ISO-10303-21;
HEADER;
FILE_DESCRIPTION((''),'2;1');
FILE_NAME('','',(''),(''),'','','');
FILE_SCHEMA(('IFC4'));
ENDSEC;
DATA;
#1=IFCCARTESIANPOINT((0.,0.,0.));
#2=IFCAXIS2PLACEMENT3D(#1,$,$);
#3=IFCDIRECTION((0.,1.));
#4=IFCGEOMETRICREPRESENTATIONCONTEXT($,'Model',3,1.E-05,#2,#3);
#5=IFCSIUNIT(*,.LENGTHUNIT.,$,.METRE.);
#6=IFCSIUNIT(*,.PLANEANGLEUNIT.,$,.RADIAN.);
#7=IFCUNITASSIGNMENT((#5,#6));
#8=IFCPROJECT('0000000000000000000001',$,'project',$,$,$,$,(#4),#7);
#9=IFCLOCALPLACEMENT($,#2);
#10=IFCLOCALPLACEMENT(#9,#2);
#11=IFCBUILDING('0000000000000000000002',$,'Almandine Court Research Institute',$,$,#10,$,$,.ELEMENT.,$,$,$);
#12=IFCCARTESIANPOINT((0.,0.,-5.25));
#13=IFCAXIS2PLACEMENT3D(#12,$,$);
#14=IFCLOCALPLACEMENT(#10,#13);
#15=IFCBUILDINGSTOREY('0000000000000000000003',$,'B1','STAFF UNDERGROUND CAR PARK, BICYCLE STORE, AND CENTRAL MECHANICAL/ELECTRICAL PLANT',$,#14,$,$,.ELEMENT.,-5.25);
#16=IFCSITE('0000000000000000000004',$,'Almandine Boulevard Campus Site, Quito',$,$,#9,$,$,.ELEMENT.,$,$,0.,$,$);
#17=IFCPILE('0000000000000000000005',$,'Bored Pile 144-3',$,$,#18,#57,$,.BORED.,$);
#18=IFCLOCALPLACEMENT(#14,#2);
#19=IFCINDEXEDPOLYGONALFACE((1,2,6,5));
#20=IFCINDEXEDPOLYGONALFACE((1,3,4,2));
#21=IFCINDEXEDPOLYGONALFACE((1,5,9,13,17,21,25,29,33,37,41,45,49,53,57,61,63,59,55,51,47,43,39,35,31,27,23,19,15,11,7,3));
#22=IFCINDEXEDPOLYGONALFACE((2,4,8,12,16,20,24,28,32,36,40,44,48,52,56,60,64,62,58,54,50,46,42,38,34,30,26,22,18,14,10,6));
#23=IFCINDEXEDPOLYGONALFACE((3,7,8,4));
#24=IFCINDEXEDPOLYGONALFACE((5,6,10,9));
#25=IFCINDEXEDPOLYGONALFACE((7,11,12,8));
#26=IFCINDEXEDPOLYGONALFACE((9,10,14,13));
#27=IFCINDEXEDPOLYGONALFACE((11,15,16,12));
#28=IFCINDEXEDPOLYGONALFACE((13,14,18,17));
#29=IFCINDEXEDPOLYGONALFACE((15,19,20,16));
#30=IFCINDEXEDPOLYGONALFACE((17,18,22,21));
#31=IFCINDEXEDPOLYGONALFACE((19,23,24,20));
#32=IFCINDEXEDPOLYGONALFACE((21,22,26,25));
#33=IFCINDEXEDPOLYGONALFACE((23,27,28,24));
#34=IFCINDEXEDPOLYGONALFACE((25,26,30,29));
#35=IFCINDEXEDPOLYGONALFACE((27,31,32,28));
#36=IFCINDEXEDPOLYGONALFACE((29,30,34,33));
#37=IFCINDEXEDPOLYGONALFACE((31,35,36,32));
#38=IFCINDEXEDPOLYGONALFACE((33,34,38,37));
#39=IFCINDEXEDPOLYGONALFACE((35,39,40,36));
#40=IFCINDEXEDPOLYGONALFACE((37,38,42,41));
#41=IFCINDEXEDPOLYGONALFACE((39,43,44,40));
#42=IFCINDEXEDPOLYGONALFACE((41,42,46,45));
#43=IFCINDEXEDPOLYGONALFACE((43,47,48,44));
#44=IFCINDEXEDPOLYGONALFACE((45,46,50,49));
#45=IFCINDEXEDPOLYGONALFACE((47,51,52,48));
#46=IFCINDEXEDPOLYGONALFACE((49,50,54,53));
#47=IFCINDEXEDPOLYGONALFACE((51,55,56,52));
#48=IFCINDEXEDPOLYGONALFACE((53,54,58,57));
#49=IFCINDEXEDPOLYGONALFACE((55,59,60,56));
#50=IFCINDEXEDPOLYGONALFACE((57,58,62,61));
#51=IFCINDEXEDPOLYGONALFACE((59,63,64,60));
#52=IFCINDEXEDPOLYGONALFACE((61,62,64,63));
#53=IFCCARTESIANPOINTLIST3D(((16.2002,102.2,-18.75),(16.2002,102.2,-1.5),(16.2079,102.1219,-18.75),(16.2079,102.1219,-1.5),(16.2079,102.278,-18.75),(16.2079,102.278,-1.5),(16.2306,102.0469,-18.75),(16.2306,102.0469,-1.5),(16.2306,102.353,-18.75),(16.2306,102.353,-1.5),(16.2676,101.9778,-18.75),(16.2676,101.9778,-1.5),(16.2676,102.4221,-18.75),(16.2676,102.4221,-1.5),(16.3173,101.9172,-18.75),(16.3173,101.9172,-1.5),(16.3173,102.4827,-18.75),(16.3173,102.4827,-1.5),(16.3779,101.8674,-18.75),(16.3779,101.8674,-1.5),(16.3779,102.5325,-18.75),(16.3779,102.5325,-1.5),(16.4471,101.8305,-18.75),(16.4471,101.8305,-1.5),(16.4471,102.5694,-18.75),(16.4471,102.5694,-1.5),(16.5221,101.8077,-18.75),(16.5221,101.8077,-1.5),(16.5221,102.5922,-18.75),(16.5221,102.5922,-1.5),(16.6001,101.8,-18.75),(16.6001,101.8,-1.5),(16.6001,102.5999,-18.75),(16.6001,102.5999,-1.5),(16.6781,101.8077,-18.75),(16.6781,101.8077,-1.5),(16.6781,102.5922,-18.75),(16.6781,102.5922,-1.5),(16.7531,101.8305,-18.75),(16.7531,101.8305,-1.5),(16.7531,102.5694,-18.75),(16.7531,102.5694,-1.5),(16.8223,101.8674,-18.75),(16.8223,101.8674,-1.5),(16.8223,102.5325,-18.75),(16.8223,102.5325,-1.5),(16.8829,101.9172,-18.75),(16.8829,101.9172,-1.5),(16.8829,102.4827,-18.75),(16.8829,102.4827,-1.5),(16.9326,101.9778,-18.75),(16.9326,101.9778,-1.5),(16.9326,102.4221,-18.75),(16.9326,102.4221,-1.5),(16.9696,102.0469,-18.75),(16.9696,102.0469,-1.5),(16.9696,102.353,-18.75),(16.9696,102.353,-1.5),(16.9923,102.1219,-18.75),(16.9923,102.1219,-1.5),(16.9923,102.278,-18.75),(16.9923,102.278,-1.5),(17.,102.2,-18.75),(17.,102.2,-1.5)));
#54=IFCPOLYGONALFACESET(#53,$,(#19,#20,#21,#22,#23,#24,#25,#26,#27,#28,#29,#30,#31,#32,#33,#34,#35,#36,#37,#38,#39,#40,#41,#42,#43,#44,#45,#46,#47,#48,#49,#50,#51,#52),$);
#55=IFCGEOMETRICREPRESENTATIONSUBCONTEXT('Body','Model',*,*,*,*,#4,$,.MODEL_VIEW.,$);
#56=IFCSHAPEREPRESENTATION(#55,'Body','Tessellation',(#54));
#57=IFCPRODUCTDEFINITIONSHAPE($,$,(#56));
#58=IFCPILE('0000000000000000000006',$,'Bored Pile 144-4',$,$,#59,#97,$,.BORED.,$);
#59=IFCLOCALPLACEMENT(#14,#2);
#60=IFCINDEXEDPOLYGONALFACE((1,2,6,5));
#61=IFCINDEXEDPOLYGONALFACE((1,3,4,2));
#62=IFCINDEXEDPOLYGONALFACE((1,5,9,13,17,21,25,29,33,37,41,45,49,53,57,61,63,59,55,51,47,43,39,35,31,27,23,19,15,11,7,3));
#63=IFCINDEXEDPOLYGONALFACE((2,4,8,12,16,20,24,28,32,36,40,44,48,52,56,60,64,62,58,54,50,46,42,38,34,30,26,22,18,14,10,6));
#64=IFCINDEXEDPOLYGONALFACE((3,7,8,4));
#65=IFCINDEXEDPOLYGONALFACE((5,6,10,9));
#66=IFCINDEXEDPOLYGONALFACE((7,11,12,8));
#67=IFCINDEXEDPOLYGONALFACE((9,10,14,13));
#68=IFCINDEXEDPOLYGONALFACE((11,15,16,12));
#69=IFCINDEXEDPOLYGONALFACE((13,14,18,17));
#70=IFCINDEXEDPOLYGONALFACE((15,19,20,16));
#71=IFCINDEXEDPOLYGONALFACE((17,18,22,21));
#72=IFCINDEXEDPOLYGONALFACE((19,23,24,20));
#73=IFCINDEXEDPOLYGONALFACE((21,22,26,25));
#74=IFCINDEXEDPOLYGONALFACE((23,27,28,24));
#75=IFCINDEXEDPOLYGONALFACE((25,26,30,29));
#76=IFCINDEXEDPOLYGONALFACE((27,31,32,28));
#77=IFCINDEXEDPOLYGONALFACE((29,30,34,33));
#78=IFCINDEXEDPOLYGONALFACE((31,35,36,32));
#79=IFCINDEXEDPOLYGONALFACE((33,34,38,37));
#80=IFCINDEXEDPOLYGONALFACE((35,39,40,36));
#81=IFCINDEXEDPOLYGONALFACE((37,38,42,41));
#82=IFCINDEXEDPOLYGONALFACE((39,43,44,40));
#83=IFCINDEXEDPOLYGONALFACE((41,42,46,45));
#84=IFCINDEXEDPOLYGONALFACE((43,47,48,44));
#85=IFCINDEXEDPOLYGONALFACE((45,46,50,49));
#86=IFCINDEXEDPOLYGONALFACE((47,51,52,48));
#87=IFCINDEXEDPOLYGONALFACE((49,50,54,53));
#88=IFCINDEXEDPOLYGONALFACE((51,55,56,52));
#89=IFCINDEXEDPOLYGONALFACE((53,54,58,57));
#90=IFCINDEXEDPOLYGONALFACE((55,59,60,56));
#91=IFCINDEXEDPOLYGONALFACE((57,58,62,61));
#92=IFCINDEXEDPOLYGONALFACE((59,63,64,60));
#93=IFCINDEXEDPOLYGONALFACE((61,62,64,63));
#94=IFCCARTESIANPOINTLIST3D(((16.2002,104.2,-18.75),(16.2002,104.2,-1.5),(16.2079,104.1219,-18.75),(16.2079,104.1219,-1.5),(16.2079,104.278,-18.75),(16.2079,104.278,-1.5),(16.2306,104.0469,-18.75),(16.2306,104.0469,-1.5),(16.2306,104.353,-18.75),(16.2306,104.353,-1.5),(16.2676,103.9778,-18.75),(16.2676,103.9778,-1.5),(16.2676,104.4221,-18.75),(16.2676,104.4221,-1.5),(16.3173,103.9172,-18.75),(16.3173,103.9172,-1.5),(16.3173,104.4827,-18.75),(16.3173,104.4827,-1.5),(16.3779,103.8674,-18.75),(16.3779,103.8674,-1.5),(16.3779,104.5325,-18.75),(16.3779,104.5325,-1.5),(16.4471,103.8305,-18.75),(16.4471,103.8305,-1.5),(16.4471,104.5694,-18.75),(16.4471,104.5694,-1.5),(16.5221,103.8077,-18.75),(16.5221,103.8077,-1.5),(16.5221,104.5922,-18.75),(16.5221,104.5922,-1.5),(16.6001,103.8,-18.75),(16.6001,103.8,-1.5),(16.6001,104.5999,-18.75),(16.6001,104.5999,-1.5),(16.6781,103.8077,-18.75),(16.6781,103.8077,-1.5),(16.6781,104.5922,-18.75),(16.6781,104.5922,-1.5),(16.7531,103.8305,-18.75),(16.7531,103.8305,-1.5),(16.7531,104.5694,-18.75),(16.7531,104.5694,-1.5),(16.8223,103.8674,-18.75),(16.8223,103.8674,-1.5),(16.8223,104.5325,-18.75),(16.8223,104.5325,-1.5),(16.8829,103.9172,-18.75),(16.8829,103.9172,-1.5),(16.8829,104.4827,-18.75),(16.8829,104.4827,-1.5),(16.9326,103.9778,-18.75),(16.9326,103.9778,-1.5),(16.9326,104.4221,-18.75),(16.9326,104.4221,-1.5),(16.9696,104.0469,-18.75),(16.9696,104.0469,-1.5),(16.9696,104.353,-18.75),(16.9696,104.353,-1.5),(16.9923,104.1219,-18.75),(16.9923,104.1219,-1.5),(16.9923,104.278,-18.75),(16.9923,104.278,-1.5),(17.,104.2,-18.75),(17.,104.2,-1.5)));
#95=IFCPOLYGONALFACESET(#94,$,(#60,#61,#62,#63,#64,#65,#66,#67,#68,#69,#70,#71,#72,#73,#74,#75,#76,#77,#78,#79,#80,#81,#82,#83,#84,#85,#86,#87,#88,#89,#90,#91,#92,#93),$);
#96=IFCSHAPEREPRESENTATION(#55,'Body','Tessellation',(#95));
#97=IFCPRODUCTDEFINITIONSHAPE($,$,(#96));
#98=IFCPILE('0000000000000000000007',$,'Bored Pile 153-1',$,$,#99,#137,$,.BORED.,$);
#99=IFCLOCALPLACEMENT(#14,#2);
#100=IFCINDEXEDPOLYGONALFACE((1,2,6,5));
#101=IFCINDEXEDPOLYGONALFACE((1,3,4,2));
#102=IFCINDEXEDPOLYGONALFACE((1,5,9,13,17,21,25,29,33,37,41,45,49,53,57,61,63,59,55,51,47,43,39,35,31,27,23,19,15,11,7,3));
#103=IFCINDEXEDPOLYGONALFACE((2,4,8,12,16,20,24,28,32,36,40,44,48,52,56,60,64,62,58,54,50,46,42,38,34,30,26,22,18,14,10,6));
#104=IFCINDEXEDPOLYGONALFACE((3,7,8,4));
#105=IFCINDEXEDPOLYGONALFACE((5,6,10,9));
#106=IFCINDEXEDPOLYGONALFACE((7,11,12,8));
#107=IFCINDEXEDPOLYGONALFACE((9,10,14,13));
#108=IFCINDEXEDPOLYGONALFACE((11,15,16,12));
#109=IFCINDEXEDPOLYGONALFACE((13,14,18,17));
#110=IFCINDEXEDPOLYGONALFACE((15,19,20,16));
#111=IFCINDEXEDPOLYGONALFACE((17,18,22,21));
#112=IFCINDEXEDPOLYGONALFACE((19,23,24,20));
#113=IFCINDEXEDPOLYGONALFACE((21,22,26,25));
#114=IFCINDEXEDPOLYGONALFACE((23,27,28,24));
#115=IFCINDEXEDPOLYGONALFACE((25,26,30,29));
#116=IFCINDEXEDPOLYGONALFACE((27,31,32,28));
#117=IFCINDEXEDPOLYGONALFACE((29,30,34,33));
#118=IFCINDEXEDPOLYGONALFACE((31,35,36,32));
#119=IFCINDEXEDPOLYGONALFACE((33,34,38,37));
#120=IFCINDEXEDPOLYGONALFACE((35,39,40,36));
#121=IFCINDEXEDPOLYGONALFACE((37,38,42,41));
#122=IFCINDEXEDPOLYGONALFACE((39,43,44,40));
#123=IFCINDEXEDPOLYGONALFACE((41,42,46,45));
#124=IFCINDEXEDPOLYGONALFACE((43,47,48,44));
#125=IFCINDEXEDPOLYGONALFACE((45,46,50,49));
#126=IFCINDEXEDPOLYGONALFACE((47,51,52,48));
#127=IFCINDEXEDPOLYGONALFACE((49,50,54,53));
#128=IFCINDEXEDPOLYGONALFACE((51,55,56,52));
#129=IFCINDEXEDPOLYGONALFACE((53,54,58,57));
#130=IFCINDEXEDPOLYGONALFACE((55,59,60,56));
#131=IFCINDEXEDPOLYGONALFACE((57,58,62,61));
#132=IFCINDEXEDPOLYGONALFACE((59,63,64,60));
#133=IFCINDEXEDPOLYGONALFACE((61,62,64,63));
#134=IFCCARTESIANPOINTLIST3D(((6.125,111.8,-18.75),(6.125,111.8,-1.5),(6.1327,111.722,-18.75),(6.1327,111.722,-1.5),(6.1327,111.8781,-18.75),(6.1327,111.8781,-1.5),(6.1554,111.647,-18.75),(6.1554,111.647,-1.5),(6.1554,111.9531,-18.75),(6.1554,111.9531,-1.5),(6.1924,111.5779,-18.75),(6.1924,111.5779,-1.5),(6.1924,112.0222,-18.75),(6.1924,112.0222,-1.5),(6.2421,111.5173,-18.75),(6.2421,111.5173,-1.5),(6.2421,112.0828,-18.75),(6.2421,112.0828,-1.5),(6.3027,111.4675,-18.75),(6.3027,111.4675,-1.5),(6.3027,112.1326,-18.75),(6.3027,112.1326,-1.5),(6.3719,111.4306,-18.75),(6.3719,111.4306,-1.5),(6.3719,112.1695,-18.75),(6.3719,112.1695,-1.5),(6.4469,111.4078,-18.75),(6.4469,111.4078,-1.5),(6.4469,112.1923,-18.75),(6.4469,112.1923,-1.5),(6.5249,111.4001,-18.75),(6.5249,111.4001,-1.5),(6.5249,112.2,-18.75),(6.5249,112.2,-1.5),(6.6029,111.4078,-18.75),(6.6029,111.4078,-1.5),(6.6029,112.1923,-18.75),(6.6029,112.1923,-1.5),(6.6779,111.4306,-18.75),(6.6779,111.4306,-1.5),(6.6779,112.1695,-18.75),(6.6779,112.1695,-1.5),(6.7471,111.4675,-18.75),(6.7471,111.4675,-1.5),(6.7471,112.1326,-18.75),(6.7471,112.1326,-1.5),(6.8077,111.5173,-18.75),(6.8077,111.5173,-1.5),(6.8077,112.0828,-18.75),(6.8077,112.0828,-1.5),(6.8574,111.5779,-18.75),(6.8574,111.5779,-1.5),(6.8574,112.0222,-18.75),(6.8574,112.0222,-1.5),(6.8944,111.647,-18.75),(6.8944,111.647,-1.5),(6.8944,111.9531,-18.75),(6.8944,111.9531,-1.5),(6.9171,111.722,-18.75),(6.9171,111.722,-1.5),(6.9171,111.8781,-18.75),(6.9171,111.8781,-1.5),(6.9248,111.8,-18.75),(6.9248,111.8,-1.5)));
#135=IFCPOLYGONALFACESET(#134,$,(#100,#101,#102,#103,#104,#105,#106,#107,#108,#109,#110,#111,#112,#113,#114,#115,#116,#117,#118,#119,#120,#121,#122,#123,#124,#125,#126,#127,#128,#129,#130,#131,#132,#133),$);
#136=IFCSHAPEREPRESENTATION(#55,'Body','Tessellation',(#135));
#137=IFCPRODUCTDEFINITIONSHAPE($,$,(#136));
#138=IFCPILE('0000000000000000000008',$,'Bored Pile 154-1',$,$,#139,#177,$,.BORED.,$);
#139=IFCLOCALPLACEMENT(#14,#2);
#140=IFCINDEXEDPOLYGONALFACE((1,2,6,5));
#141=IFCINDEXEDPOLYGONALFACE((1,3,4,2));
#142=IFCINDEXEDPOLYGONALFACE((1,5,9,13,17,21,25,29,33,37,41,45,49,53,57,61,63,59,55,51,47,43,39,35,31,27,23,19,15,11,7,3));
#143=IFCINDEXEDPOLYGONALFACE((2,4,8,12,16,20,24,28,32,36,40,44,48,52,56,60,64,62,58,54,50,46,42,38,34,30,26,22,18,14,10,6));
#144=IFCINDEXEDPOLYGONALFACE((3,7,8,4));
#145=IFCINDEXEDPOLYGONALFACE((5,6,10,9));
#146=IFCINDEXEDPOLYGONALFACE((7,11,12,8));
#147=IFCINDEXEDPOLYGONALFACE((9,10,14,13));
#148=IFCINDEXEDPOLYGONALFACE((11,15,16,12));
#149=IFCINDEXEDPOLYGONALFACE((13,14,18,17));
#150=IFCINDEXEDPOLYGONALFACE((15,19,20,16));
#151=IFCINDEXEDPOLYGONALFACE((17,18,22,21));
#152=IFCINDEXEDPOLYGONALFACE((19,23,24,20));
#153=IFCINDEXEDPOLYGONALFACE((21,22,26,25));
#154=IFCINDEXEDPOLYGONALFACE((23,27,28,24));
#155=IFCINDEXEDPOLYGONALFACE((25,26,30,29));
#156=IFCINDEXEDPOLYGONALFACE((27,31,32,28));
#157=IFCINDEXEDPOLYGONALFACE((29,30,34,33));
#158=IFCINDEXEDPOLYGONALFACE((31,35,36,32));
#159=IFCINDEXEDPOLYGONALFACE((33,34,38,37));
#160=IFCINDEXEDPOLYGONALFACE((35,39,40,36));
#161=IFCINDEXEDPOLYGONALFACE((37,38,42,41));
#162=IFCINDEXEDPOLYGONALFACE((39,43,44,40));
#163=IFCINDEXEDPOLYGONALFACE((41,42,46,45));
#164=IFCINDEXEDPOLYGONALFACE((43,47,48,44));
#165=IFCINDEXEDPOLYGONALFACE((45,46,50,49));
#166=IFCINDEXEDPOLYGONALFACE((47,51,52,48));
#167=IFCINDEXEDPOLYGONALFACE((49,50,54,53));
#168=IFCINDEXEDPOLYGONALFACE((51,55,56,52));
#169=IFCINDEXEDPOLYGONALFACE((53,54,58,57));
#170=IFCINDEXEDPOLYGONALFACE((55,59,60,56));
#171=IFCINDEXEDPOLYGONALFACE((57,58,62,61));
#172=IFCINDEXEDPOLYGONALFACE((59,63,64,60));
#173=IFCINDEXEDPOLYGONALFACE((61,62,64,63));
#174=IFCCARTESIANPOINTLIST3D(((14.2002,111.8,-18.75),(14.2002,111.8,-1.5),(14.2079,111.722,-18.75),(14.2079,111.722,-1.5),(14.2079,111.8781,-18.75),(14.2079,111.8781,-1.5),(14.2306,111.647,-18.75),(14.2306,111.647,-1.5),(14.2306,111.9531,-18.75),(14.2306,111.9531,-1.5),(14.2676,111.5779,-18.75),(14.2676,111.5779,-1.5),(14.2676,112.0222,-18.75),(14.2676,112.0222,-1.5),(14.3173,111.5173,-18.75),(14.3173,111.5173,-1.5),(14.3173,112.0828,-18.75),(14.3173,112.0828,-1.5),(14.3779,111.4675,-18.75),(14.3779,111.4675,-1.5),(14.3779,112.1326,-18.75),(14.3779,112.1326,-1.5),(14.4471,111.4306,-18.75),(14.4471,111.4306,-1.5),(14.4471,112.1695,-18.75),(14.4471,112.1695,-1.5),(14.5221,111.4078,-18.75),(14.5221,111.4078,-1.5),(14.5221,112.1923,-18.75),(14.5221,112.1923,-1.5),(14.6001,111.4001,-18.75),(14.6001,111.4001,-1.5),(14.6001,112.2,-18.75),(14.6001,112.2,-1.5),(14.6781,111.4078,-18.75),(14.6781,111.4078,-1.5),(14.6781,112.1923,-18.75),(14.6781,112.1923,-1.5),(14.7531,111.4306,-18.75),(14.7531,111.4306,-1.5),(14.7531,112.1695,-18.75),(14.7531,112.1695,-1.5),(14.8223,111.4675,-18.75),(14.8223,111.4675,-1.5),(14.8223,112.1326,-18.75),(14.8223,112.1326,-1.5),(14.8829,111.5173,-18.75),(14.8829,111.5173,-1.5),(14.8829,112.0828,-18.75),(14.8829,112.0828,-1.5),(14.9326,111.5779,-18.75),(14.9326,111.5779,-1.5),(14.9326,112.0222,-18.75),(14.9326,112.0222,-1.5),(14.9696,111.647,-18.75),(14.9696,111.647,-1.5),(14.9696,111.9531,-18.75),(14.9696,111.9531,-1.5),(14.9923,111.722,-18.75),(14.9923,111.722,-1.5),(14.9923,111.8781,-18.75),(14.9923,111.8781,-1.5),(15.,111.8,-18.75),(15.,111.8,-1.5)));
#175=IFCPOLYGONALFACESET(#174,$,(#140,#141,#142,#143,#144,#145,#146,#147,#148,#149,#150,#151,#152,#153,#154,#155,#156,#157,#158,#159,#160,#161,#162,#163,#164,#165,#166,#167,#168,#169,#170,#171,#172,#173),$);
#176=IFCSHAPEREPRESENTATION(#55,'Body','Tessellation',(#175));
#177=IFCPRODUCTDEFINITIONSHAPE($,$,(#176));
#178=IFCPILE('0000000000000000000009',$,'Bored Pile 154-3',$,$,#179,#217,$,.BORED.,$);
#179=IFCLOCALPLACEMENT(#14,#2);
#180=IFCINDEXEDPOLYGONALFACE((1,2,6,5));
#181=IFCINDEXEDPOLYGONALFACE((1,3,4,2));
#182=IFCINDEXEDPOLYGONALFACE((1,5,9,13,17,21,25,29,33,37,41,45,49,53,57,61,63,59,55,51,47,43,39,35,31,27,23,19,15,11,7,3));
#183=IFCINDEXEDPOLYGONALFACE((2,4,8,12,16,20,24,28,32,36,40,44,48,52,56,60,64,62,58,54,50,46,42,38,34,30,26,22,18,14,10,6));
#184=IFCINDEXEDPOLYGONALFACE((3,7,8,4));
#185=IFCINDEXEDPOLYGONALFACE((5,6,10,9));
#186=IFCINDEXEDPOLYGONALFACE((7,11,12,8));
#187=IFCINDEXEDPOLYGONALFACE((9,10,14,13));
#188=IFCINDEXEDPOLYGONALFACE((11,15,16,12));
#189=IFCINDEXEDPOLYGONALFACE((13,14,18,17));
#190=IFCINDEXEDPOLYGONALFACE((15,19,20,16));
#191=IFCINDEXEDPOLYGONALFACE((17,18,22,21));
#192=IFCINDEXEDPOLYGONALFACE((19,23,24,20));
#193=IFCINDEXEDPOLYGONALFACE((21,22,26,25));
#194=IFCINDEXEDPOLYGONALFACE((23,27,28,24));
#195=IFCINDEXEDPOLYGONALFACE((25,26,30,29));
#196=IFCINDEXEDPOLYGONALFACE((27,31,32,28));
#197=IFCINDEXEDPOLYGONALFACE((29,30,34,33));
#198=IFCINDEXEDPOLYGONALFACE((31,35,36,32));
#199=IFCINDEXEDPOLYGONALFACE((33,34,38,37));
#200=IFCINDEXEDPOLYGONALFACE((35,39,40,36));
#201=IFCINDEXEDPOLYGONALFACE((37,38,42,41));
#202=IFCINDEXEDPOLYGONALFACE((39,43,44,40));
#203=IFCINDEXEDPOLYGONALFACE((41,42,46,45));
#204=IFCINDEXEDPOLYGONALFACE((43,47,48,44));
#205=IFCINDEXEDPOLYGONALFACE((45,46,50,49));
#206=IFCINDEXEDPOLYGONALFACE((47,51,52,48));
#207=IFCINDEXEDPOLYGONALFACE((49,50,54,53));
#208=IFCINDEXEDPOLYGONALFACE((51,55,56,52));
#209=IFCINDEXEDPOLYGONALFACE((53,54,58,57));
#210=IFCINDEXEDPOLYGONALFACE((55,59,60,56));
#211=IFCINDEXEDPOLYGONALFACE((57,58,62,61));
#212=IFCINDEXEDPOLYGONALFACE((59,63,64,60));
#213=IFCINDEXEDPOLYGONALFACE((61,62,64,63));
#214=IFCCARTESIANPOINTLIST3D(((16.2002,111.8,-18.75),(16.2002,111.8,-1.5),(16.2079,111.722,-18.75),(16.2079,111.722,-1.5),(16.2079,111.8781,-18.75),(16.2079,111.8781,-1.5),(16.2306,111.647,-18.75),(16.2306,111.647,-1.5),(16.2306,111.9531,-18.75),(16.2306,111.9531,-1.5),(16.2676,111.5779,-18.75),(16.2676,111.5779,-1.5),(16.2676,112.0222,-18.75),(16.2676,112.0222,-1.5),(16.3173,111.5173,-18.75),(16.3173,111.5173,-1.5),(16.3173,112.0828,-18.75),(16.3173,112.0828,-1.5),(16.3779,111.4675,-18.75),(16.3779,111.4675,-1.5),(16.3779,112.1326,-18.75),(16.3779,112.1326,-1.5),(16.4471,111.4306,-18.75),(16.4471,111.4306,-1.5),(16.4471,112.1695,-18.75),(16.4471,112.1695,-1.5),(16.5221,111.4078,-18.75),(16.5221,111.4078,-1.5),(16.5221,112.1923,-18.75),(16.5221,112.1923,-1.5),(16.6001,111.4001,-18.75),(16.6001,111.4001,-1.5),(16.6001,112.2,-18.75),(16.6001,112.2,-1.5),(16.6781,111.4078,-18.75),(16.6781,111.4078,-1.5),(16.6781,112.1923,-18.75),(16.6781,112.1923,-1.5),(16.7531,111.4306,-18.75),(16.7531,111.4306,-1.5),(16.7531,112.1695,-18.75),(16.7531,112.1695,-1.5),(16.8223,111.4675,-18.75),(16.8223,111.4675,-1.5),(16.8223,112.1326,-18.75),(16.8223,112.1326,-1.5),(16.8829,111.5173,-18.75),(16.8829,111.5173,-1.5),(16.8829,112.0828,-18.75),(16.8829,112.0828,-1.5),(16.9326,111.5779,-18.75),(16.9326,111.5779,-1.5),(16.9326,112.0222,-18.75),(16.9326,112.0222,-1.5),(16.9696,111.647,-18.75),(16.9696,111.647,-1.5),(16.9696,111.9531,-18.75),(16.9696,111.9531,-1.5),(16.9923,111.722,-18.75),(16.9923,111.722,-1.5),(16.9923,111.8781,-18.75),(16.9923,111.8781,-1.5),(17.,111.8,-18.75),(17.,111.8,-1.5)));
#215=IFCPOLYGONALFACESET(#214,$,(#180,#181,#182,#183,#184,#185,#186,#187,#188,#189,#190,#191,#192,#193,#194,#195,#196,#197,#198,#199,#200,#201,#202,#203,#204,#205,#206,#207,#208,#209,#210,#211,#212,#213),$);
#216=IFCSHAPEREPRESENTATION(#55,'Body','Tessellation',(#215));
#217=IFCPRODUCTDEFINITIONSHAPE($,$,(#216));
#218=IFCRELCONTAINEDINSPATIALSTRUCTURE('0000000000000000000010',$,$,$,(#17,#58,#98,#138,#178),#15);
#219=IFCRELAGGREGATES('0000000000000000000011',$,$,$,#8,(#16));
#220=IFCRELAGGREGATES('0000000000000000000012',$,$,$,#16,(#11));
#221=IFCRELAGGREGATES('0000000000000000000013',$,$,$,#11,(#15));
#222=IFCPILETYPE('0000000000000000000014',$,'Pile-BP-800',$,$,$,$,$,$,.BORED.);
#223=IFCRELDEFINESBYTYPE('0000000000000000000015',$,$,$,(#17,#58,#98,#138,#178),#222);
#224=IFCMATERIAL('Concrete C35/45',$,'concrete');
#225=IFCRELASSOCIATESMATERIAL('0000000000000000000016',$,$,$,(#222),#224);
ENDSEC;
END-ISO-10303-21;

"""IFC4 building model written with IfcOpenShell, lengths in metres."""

from ifc_helpers import new_model, si_unit, direction, frame, origin, origin_2d, place, context, subcontext, project, spatial, circle, extrude, material, material_profile, profile_set, type_object, element, save


model = new_model("IFC4")

# Units and contexts
model_context = context("Model", 3, precision=1e-05, world=origin(), true_north=direction((0.0, 1.0)))
body_context = subcontext(model_context, "Body", "Model", "MODEL_VIEW")
ifc_project = project(units=[si_unit("LENGTHUNIT", "METRE"), si_unit("PLANEANGLEUNIT", "RADIAN")], contexts=[model_context])

# Site, building, storey
site_placement = place(None, origin())
site = spatial("IfcSite", under=ifc_project, at=site_placement, Name="Almandine Boulevard Campus Site, Quito", CompositionType="ELEMENT", RefElevation=0.0)
building_placement = place(site_placement, origin())
building = spatial("IfcBuilding", under=site, at=building_placement, Name="Almandine Court Research Institute", CompositionType="ELEMENT")
storey_placement = place(building_placement, frame((0.0, 0.0, -5.25)))
storey = spatial("IfcBuildingStorey", under=building, at=storey_placement, Name="B1", Description="STAFF UNDERGROUND CAR PARK, BICYCLE STORE, AND CENTRAL MECHANICAL/ELECTRICAL PLANT", CompositionType="ELEMENT", Elevation=-5.25)

# Shared definitions
ifc_material_1 = material(Name="Concrete C35/45", Category="concrete")

# Piles
ifc_material_profile_1 = material_profile(ifc_material_1, circle(Radius=0.3999, at=origin_2d()), Name="BORED PILE D800")
ifc_profile_set_1 = profile_set([ifc_material_profile_1], Name="Concrete C35/45")
pile_type = type_object("IfcPileType", Name="Pile-BP-800", PredefinedType="BORED", material=ifc_profile_set_1)
for number, where, z_axis, x_axis, name in (
    (1, (16.6001, 102.2, -1.5), (0.0, 0.0, -1.0), (1.0, 0.0, 0.0), "Bored Pile 144-3"),
    (2, (16.6001, 104.2, -1.5), (0.0, 0.0, -1.0), (1.0, 0.0, 0.0), "Bored Pile 144-4"),
    (3, (6.5249, 111.8, -1.5), (0.0, 0.0, -1.0), (1.0, 0.0, 0.0), "Bored Pile 153-1"),
    (4, (14.6001, 111.8, -1.5), (0.0, 0.0, -1.0), (1.0, 0.0, 0.0), "Bored Pile 154-1"),
    (5, (16.6001, 111.8, -1.5), (0.0, 0.0, -1.0), (1.0, 0.0, 0.0), "Bored Pile 154-3"),
):
    element("IfcPile", number, at=place(storey_placement, frame(where, z_axis=z_axis, x_axis=x_axis)), inside=storey, type_object=pile_type, Name=name, PredefinedType="BORED", context=body_context, shape_type="SweptSolid", body=[
        extrude(circle(Radius=0.3999, at=origin_2d()), origin(), (0.0, 0.0, 1.0), 17.25),
    ])

save(model, "model.ifc")
